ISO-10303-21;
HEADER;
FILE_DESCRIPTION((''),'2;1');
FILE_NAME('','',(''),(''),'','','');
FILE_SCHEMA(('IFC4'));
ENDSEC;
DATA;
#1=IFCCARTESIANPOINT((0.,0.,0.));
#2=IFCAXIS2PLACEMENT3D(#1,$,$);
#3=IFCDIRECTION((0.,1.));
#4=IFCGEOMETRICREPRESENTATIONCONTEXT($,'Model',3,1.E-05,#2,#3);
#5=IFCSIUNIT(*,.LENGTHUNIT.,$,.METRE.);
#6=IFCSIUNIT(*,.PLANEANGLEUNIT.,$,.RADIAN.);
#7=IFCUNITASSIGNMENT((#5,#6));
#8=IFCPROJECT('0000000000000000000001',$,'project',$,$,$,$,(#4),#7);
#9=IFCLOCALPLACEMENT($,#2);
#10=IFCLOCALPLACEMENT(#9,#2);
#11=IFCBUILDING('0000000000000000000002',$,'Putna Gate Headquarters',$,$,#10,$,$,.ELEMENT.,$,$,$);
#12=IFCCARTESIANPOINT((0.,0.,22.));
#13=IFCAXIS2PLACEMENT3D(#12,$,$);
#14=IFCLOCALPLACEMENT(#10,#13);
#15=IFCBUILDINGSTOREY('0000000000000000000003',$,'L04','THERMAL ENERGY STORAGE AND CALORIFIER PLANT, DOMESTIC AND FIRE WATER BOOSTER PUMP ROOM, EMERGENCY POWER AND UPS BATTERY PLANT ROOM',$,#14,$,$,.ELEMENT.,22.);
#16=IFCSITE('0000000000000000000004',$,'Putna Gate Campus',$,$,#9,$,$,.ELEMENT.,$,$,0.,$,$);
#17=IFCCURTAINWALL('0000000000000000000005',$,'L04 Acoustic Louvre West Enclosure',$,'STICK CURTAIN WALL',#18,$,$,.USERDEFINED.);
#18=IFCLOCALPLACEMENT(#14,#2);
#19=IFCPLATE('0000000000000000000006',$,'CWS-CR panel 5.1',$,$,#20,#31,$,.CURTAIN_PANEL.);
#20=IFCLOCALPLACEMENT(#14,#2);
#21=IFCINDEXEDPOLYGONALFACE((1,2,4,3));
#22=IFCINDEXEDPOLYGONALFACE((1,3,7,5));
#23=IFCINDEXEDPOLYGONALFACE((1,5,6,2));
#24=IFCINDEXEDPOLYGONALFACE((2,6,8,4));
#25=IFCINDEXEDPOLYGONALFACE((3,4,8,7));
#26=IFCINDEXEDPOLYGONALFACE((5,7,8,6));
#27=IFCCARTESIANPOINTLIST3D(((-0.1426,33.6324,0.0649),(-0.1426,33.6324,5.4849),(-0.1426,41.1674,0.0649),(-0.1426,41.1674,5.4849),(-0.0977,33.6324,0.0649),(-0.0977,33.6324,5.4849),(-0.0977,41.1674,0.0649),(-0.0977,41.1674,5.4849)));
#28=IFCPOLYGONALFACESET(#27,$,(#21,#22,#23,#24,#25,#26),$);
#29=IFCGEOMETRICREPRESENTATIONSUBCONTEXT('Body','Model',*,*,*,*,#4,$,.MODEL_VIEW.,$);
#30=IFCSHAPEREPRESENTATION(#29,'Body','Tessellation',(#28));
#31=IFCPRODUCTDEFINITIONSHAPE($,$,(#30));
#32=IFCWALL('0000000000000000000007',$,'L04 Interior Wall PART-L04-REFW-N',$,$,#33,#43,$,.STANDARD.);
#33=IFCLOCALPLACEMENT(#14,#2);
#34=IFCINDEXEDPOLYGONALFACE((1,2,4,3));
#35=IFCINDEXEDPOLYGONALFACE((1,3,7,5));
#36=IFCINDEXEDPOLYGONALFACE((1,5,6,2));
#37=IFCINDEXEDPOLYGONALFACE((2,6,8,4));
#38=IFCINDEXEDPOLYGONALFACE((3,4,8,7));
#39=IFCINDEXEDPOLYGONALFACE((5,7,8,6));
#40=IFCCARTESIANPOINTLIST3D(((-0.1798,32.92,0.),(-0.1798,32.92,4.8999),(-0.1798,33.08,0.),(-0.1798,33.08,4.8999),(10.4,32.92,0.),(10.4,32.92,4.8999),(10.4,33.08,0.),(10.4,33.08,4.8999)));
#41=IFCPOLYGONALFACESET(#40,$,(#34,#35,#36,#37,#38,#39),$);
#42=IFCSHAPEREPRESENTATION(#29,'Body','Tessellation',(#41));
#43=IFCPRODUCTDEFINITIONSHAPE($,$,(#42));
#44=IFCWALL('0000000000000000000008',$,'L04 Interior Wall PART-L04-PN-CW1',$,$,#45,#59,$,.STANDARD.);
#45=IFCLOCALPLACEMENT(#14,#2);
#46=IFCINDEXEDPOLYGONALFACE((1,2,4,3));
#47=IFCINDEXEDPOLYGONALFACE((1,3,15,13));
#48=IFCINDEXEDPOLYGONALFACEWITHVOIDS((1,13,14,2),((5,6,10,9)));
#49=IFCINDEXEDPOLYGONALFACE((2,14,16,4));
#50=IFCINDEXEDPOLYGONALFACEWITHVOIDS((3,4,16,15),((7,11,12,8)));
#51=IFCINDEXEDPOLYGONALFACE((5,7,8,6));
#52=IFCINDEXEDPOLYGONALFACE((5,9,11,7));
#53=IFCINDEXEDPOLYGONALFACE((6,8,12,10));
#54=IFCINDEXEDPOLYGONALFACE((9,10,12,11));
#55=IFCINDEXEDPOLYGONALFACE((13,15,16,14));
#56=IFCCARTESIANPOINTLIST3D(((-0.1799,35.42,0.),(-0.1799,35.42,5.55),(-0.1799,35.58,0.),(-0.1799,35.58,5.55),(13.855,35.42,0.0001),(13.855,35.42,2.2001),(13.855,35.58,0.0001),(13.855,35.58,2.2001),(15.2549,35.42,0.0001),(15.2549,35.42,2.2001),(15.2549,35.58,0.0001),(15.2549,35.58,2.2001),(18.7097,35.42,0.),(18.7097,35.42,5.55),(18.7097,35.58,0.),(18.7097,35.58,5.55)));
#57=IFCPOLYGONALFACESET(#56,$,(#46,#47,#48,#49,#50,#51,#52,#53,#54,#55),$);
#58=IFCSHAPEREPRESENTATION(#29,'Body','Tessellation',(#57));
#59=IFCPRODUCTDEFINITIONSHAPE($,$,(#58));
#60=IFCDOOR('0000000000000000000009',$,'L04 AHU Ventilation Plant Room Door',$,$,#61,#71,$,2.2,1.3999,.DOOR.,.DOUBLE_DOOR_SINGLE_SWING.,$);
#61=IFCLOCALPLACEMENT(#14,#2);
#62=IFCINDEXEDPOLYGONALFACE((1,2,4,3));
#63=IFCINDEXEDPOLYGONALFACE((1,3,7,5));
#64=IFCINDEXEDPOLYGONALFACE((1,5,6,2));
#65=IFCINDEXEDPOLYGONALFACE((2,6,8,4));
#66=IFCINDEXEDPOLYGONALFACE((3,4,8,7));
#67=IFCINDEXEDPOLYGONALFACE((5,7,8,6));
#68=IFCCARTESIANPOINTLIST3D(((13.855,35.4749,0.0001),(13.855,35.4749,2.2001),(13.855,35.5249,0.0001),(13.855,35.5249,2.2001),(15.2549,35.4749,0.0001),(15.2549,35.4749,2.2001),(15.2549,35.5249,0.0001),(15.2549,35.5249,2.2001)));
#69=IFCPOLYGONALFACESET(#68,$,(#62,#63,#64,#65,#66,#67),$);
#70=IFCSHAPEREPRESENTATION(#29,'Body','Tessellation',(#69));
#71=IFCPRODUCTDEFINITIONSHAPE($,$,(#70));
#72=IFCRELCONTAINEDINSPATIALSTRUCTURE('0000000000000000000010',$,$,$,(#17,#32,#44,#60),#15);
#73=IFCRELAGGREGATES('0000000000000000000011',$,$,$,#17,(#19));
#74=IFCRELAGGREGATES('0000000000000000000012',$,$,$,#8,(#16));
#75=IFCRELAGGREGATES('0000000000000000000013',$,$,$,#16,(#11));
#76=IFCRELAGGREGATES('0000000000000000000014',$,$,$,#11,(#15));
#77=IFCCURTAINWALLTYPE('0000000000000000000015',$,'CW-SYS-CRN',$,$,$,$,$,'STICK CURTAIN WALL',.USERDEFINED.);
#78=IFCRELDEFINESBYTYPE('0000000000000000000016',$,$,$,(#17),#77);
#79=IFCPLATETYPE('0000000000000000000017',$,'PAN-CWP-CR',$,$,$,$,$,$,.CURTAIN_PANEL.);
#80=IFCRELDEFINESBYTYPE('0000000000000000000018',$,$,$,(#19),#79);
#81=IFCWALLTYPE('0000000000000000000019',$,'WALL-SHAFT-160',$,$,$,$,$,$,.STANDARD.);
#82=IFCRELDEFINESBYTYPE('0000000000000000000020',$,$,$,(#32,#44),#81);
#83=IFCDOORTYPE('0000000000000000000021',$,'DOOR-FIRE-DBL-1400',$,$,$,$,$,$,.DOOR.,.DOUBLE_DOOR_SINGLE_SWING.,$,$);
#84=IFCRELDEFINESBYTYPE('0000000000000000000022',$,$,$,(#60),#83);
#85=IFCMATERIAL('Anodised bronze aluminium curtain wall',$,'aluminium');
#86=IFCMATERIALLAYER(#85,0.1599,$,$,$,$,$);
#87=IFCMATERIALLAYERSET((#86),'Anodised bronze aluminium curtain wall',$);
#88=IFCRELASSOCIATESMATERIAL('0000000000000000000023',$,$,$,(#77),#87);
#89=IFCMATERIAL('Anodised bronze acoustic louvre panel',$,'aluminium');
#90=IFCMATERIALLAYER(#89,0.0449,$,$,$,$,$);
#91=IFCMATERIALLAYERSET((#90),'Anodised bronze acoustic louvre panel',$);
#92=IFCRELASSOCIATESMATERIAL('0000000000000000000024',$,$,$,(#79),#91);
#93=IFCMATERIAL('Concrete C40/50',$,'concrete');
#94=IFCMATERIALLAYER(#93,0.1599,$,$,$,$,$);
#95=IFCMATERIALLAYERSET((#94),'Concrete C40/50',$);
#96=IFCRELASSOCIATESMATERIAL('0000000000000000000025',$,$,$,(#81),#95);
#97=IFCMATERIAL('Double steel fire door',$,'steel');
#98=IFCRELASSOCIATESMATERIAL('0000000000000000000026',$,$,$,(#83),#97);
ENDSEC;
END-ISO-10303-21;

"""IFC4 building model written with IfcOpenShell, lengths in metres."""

from ifc_helpers import new_model, si_unit, direction, frame, frame_2d, origin, origin_2d, place, context, subcontext, project, spatial, rectangle, extrude, material, layer, layer_set, type_object, element, fill, aggregate, save


model = new_model("IFC4")

# Units and contexts
model_context = context("Model", 3, precision=1e-05, world=origin(), true_north=direction((0.0, 1.0)))
body_context = subcontext(model_context, "Body", "Model", "MODEL_VIEW")
ifc_project = project(units=[si_unit("LENGTHUNIT", "METRE"), si_unit("PLANEANGLEUNIT", "RADIAN")], contexts=[model_context])

# Site, building, storey
site_placement = place(None, origin())
site = spatial("IfcSite", under=ifc_project, at=site_placement, Name="Putna Gate Campus", CompositionType="ELEMENT", RefElevation=0.0)
building_placement = place(site_placement, origin())
building = spatial("IfcBuilding", under=site, at=building_placement, Name="Putna Gate Headquarters", CompositionType="ELEMENT")
storey_placement = place(building_placement, frame((0.0, 0.0, 22.0)))
storey = spatial("IfcBuildingStorey", under=building, at=storey_placement, Name="L04", Description="THERMAL ENERGY STORAGE AND CALORIFIER PLANT, DOMESTIC AND FIRE WATER BOOSTER PUMP ROOM, EMERGENCY POWER AND UPS BATTERY PLANT ROOM", CompositionType="ELEMENT", Elevation=22.0)

# Curtain wall, plate
ifc_material_1 = material(Name="Anodised bronze aluminium curtain wall", Category="aluminium")
ifc_layer_1 = layer(ifc_material_1, 0.1599)
ifc_layer_set_1 = layer_set([ifc_layer_1], Name="Anodised bronze aluminium curtain wall")
curtain_wall_type = type_object("IfcCurtainWallType", Name="CW-SYS-CRN", ElementType="STICK CURTAIN WALL", PredefinedType="USERDEFINED", material=ifc_layer_set_1)
curtain_wall_placement = place(storey_placement, origin())
curtain_wall = element("IfcCurtainWall", 1, at=curtain_wall_placement, inside=storey, type_object=curtain_wall_type, Name="L04 Acoustic Louvre West Enclosure", ObjectType="STICK CURTAIN WALL", PredefinedType="USERDEFINED")
ifc_material_2 = material(Name="Anodised bronze acoustic louvre panel", Category="aluminium")
ifc_layer_2 = layer(ifc_material_2, 0.0449)
ifc_layer_set_2 = layer_set([ifc_layer_2], Name="Anodised bronze acoustic louvre panel")
plate_type = type_object("IfcPlateType", Name="PAN-CWP-CR", PredefinedType="CURTAIN_PANEL", material=ifc_layer_set_2)
plate_1_placement = place(storey_placement, frame((-0.1201, 37.3999, 0.0649), z_axis=(0.0, 0.0, 1.0), x_axis=(0.0, 1.0, 0.0)))
plate_1 = element("IfcPlate", 2, at=plate_1_placement, type_object=plate_type, Name="CWS-CR panel 5.1", PredefinedType="CURTAIN_PANEL", context=body_context, shape_type="SweptSolid", body=[
    extrude(rectangle(XDim=7.5349, YDim=0.0449, at=origin_2d()), origin(), (0.0, 0.0, 1.0), 5.4199),
])
aggregate(curtain_wall, [plate_1])

# Wall
ifc_material_3 = material(Name="Concrete C40/50", Category="concrete")
ifc_layer_3 = layer(ifc_material_3, 0.1599)
ifc_layer_set_3 = layer_set([ifc_layer_3], Name="Concrete C40/50")
wall_type = type_object("IfcWallType", Name="WALL-SHAFT-160", PredefinedType="STANDARD", material=ifc_layer_set_3)
wall_1_placement = place(storey_placement, frame((-0.1799, 33.0, 0.0), z_axis=(0.0, 0.0, 1.0), x_axis=(1.0, 0.0, 0.0)))
element("IfcWall", 3, at=wall_1_placement, inside=storey, type_object=wall_type, Name="L04 Interior Wall PART-L04-REFW-N", PredefinedType="STANDARD", context=body_context, shape_type="SweptSolid", body=[
    extrude(rectangle(XDim=10.5798, YDim=0.1599, at=frame_2d((5.29, 0.0))), origin(), (0.0, 0.0, 1.0), 4.8999),
])

# Wall, opening, door
wall_2_placement = place(storey_placement, frame((-0.1799, 35.5, 0.0), z_axis=(0.0, 0.0, 1.0), x_axis=(1.0, 0.0, 0.0)))
wall_2 = element("IfcWall", 4, at=wall_2_placement, inside=storey, type_object=wall_type, Name="L04 Interior Wall PART-L04-PN-CW1", PredefinedType="STANDARD", context=body_context, shape_type="SweptSolid", body=[
    extrude(rectangle(XDim=18.8896, YDim=0.1599, at=frame_2d((9.4448, 0.0))), origin(), (0.0, 0.0, 1.0), 5.55),
])
opening_placement = place(wall_2_placement, frame((14.0349, 0.0, 0.0)))
opening = element("IfcOpeningElement", 5, at=opening_placement, cuts=wall_2, PredefinedType="OPENING", context=body_context, shape_type="SweptSolid", body=[
    extrude(rectangle(XDim=1.3999, YDim=2.2, at=frame_2d((0.7, 1.1001))), frame((0.0, 0.0898, 0.0), z_axis=(0.0, -1.0, 0.0), x_axis=(1.0, 0.0, 0.0)), (0.0, 0.0, 1.0), 0.1799),
])
ifc_material_4 = material(Name="Double steel fire door", Category="steel")
door_type = type_object("IfcDoorType", Name="DOOR-FIRE-DBL-1400", OperationType="DOUBLE_DOOR_SINGLE_SWING", PredefinedType="DOOR", material=ifc_material_4)
door_placement = place(opening_placement, origin())
door = element("IfcDoor", 6, at=door_placement, inside=storey, type_object=door_type, Name="L04 AHU Ventilation Plant Room Door", OperationType="DOUBLE_DOOR_SINGLE_SWING", OverallHeight=2.2, OverallWidth=1.3999, PredefinedType="DOOR", context=body_context, shape_type="SweptSolid", body=[
    extrude(rectangle(XDim=1.3999, YDim=2.2, at=frame_2d((0.7, 1.1001))), frame((0.0, 0.0249, 0.0), z_axis=(0.0, -1.0, 0.0), x_axis=(1.0, 0.0, 0.0)), (0.0, 0.0, 1.0), 0.05),
])
fill(opening, door)

save(model, "model.ifc")
